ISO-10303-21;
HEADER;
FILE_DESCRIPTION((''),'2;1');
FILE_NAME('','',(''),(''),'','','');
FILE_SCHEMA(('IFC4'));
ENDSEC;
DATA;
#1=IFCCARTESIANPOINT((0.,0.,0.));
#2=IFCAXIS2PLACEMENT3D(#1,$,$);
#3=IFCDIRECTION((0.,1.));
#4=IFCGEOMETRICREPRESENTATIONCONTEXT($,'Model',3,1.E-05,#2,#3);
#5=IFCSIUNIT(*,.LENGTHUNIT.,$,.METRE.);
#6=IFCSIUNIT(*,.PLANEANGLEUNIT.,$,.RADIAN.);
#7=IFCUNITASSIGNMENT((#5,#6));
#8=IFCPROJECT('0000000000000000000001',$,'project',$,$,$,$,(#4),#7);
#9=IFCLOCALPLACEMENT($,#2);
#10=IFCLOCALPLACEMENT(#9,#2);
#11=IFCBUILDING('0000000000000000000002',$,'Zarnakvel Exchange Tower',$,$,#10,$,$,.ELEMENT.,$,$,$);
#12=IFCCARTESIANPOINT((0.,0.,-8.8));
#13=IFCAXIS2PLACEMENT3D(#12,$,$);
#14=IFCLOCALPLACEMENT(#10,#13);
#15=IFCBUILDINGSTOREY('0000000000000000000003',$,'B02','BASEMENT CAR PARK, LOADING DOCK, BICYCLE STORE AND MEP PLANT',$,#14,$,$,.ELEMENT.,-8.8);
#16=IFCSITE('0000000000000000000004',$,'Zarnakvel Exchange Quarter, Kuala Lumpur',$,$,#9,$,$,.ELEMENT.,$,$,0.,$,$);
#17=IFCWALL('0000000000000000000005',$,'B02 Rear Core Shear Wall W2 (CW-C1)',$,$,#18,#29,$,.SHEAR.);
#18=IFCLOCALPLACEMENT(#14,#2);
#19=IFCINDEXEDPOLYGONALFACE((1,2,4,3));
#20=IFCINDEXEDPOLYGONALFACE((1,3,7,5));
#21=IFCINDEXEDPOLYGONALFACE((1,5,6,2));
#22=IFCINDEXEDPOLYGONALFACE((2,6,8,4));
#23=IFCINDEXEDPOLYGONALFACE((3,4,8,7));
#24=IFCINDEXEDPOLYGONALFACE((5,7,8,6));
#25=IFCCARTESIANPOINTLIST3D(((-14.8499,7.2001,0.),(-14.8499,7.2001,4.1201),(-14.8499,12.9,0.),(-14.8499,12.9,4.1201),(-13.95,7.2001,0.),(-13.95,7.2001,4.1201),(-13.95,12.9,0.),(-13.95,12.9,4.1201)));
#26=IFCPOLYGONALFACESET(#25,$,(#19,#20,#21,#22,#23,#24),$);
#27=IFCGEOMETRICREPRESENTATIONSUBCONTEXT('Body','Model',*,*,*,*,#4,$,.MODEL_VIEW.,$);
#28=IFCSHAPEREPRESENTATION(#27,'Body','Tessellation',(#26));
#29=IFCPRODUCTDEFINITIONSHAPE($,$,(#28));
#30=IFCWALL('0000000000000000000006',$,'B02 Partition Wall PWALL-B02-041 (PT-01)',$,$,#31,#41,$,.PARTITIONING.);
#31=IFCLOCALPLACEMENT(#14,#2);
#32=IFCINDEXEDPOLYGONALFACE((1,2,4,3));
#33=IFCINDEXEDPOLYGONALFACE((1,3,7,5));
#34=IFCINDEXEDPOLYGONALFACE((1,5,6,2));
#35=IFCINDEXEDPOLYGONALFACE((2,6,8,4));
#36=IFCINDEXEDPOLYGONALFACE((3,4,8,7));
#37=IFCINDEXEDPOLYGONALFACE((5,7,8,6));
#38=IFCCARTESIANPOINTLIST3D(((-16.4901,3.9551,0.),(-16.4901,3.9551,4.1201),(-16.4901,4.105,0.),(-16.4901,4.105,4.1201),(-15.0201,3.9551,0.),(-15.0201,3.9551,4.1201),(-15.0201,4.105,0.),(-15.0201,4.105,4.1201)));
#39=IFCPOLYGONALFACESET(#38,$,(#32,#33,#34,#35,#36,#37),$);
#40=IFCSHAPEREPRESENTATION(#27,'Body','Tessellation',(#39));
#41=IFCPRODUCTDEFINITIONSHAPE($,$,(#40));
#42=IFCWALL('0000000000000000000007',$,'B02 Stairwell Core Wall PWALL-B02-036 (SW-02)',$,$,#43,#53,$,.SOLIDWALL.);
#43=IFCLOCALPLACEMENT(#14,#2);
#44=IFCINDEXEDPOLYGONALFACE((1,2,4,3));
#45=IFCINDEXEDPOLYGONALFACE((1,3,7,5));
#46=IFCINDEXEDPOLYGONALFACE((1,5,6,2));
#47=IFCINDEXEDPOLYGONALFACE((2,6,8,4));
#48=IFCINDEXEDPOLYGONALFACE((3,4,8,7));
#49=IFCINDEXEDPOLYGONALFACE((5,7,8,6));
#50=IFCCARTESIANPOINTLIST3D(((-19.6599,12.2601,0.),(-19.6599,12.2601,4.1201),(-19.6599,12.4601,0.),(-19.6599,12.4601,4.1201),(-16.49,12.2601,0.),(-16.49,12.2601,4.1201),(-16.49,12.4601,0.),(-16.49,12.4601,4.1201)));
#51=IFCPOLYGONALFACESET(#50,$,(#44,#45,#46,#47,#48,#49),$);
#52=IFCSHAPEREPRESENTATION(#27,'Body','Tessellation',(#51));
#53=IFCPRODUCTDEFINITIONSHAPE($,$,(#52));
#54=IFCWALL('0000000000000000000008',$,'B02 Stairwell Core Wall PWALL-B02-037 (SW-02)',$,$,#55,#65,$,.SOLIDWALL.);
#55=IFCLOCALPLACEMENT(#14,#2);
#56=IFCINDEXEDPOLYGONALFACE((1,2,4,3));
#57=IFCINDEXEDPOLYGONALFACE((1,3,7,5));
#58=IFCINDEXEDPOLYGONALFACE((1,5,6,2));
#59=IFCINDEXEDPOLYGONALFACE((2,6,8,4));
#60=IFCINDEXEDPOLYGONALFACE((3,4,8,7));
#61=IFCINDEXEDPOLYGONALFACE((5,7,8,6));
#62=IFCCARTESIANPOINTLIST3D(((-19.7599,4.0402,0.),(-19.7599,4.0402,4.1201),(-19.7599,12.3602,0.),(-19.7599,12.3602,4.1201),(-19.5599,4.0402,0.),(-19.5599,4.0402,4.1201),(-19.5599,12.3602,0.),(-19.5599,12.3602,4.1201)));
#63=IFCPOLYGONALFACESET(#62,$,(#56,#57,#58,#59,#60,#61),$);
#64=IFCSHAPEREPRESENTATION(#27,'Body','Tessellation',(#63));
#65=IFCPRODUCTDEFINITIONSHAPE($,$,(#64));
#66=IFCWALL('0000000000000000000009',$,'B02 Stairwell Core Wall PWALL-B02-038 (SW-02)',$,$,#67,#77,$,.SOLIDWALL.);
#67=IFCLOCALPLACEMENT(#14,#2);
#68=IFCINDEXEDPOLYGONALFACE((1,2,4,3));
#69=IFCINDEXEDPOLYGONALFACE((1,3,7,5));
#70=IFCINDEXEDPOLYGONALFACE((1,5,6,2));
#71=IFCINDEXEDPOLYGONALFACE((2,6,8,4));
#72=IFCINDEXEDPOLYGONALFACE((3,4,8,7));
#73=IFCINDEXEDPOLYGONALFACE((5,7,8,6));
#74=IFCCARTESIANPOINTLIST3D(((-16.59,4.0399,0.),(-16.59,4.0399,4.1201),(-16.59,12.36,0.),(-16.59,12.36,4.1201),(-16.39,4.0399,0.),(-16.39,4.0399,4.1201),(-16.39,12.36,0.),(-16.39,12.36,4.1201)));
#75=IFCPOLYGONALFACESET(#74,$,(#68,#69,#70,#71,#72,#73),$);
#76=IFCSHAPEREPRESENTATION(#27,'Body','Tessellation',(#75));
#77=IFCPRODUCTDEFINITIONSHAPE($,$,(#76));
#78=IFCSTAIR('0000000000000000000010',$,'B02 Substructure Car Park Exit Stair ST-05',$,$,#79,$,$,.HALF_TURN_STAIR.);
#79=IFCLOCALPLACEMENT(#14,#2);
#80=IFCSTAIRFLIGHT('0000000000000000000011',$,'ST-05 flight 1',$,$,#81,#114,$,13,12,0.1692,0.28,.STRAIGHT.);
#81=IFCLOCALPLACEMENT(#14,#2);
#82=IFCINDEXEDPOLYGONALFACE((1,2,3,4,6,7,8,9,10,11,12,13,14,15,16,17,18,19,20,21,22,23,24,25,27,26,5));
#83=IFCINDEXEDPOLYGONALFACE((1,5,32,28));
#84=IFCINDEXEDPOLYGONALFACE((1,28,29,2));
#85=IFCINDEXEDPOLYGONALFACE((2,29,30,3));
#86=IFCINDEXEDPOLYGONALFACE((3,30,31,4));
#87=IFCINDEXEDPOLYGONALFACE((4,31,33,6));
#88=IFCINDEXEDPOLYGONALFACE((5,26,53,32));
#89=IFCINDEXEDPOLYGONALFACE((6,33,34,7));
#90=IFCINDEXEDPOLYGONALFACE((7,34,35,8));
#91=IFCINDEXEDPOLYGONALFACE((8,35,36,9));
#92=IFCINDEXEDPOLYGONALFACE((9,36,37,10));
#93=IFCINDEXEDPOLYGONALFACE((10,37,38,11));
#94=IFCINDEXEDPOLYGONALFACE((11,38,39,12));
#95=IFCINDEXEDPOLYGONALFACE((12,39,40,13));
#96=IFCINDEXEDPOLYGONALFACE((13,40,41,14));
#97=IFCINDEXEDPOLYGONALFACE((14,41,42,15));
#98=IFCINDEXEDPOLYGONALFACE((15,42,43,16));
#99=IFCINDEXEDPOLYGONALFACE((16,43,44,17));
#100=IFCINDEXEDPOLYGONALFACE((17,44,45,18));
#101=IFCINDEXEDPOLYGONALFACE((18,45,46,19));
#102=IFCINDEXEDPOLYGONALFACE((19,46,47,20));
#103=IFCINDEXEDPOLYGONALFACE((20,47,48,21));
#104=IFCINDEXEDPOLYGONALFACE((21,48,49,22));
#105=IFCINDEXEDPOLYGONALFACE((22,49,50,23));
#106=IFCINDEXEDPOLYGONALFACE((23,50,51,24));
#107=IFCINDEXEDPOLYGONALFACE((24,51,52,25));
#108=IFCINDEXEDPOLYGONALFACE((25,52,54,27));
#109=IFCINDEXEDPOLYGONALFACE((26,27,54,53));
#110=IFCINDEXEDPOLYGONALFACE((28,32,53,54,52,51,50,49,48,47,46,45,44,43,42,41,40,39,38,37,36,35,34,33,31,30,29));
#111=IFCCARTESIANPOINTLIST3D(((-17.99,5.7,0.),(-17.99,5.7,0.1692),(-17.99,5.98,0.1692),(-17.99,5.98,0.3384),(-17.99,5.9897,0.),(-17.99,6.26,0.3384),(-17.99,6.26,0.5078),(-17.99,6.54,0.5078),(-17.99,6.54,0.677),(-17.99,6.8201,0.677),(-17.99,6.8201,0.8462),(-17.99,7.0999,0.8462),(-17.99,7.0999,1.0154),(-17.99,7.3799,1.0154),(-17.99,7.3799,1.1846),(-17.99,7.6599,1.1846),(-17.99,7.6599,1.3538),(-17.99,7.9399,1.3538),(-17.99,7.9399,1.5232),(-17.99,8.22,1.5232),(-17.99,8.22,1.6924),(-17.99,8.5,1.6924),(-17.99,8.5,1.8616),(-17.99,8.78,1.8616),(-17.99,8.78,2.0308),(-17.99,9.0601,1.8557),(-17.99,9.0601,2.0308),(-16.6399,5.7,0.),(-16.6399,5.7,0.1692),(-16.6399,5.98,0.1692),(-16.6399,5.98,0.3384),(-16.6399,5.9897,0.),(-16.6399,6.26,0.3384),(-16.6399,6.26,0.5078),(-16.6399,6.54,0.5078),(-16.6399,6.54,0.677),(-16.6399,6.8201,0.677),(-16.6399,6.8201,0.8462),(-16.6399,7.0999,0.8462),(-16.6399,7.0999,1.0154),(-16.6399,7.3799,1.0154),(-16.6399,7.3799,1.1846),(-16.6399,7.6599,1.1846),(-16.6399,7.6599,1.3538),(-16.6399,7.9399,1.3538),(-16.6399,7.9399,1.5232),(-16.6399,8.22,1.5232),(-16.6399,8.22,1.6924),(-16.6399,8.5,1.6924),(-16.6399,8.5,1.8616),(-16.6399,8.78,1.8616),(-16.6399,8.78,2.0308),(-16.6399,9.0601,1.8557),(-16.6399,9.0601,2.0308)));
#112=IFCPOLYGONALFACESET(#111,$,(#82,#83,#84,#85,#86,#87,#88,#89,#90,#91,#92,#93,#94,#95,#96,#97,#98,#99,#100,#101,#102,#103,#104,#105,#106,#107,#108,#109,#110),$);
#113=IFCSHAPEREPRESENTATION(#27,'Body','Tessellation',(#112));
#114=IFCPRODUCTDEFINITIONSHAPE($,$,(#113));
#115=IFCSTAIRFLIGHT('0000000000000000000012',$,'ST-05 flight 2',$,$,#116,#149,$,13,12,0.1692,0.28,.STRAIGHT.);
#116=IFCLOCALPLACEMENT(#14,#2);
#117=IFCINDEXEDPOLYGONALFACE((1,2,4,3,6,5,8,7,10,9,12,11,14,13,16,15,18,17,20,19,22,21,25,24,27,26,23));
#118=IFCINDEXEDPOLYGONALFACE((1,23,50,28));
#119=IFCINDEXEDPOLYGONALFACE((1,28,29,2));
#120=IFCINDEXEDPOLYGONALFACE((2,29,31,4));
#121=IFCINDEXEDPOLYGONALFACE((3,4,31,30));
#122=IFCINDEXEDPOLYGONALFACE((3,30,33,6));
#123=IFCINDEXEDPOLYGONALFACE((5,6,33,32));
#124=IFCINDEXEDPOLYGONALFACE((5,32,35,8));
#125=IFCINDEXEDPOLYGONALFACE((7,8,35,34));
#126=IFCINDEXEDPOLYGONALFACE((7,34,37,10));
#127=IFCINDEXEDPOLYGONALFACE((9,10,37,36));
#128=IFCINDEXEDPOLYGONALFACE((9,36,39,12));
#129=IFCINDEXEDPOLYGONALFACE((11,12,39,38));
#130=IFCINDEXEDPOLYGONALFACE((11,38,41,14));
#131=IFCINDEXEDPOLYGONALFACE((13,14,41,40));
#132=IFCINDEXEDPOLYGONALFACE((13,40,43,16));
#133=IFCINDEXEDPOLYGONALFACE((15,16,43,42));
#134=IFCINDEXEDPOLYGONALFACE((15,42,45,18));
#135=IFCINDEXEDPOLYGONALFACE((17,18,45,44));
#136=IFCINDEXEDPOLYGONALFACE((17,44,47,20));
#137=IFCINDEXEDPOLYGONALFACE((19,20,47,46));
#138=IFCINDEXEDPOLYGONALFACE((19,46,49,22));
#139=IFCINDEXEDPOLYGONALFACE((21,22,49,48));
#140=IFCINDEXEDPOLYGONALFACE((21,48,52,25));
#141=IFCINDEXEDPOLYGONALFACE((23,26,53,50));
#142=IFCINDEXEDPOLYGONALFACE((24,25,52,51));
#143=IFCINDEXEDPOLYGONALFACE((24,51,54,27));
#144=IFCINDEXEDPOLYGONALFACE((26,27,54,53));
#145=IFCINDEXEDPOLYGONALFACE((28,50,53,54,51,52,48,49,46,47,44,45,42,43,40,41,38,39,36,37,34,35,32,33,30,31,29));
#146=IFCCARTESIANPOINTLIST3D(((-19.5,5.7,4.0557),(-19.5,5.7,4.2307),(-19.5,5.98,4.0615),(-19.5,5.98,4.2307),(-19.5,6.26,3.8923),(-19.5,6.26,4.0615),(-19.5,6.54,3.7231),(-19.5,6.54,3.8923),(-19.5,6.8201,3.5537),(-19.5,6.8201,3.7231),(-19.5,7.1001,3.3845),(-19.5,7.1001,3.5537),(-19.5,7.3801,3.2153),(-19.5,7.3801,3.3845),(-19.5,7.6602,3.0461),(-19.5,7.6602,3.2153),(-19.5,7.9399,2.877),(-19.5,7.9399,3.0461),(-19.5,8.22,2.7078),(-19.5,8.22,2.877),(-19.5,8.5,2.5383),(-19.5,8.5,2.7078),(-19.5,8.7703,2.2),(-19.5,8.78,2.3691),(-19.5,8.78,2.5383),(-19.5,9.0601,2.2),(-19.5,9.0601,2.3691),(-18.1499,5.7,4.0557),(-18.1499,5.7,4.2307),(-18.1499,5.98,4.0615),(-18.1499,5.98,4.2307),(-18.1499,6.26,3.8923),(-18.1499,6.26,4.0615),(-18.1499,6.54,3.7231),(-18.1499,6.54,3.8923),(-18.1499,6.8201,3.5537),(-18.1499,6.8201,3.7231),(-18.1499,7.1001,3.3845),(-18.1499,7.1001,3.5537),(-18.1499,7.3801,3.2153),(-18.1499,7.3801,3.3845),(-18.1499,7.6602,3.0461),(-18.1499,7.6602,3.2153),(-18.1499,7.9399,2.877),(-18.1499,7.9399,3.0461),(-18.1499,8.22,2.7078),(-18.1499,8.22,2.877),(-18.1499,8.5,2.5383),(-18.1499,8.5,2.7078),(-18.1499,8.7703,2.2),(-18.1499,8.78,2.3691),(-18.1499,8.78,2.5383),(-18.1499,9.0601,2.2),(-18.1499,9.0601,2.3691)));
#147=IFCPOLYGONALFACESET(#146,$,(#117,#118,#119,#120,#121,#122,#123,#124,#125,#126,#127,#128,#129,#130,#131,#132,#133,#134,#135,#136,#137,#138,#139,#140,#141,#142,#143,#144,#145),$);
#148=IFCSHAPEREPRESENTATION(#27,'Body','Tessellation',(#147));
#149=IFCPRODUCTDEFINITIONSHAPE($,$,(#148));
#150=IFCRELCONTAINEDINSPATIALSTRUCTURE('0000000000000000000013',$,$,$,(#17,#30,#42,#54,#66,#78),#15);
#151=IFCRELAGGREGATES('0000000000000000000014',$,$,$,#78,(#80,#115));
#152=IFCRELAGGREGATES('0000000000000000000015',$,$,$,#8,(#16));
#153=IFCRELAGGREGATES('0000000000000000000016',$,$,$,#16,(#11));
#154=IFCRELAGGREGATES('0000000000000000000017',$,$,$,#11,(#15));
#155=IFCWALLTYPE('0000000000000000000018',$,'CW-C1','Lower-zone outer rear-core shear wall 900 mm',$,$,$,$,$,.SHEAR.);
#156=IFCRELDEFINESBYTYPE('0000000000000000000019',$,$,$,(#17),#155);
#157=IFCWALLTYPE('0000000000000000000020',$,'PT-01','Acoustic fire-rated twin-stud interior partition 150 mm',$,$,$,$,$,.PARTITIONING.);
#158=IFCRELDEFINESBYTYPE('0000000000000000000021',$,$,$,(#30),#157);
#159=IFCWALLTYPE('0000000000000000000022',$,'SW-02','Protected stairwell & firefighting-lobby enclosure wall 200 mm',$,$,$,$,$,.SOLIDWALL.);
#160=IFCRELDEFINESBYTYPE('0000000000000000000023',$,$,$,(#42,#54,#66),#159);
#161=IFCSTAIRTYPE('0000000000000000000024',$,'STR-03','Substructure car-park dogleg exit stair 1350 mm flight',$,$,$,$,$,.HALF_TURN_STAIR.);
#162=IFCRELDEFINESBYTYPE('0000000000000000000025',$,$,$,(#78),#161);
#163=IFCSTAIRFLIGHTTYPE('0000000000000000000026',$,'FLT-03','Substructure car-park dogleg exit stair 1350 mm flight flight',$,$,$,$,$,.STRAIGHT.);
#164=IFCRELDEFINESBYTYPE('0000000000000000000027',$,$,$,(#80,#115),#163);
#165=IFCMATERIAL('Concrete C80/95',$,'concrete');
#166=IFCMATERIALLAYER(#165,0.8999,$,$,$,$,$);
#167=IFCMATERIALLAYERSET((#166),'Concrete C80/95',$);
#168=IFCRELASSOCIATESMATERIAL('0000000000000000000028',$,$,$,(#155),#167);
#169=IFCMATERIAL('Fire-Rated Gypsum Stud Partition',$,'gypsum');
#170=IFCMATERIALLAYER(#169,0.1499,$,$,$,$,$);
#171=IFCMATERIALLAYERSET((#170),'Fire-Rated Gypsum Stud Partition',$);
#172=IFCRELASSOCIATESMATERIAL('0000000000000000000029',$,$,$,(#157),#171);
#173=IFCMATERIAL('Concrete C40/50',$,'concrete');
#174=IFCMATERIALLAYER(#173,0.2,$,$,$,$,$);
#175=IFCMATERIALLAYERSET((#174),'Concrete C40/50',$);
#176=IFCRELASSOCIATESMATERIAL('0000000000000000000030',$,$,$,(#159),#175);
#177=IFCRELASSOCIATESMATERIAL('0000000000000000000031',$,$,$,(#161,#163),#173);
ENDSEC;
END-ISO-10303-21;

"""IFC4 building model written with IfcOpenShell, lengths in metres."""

from ifc_helpers import new_model, si_unit, direction, frame, frame_2d, origin, place, context, subcontext, project, spatial, polyline, rectangle, outline, extrude, material, layer, layer_set, type_object, element, aggregate, save


model = new_model("IFC4")

# Units and contexts
model_context = context("Model", 3, precision=1e-05, world=origin(), true_north=direction((0.0, 1.0)))
body_context = subcontext(model_context, "Body", "Model", "MODEL_VIEW")
ifc_project = project(units=[si_unit("LENGTHUNIT", "METRE"), si_unit("PLANEANGLEUNIT", "RADIAN")], contexts=[model_context])

# Site, building, storey
site_placement = place(None, origin())
site = spatial("IfcSite", under=ifc_project, at=site_placement, Name="Zarnakvel Exchange Quarter, Kuala Lumpur", CompositionType="ELEMENT", RefElevation=0.0)
building_placement = place(site_placement, origin())
building = spatial("IfcBuilding", under=site, at=building_placement, Name="Zarnakvel Exchange Tower", CompositionType="ELEMENT")
storey_placement = place(building_placement, frame((0.0, 0.0, -8.8)))
storey = spatial("IfcBuildingStorey", under=building, at=storey_placement, Name="B02", Description="BASEMENT CAR PARK, LOADING DOCK, BICYCLE STORE AND MEP PLANT", CompositionType="ELEMENT", Elevation=-8.8)

# Shared definitions
ifc_material_1 = material(Name="Concrete C80/95", Category="concrete")

# Walls
ifc_layer_1 = layer(ifc_material_1, 0.8999)
ifc_layer_set_1 = layer_set([ifc_layer_1], Name="Concrete C80/95")
wall_type_1 = type_object("IfcWallType", Name="CW-C1", Description="Lower-zone outer rear-core shear wall 900 mm", PredefinedType="SHEAR", material=ifc_layer_set_1)
wall_1_placement = place(storey_placement, frame((-14.3999, 7.2, 0.0), z_axis=(0.0, 0.0, 1.0), x_axis=(0.0, 1.0, 0.0)))
element("IfcWall", 1, at=wall_1_placement, inside=storey, type_object=wall_type_1, Name="B02 Rear Core Shear Wall W2 (CW-C1)", PredefinedType="SHEAR", context=body_context, shape_type="SweptSolid", body=[
    extrude(rectangle(XDim=5.7, YDim=0.8999, at=frame_2d((2.8501, 0.0))), origin(), (0.0, 0.0, 1.0), 4.1201),
])
ifc_material_2 = material(Name="Fire-Rated Gypsum Stud Partition", Category="gypsum")
ifc_layer_2 = layer(ifc_material_2, 0.1499)
ifc_layer_set_2 = layer_set([ifc_layer_2], Name="Fire-Rated Gypsum Stud Partition")
wall_type_2 = type_object("IfcWallType", Name="PT-01", Description="Acoustic fire-rated twin-stud interior partition 150 mm", PredefinedType="PARTITIONING", material=ifc_layer_set_2)
wall_2_placement = place(storey_placement, frame((-16.49, 4.03, 0.0), z_axis=(0.0, 0.0, 1.0), x_axis=(1.0, 0.0, 0.0)))
element("IfcWall", 2, at=wall_2_placement, inside=storey, type_object=wall_type_2, Name="B02 Partition Wall PWALL-B02-041 (PT-01)", PredefinedType="PARTITIONING", context=body_context, shape_type="SweptSolid", body=[
    extrude(rectangle(XDim=1.47, YDim=0.1499, at=frame_2d((0.7349, 0.0))), origin(), (0.0, 0.0, 1.0), 4.1201),
])

# Shared definitions
ifc_material_3 = material(Name="Concrete C40/50", Category="concrete")
ifc_layer_3 = layer(ifc_material_3, 0.2)
ifc_layer_set_3 = layer_set([ifc_layer_3], Name="Concrete C40/50")
wall_type_3 = type_object("IfcWallType", Name="SW-02", Description="Protected stairwell & firefighting-lobby enclosure wall 200 mm", PredefinedType="SOLIDWALL", material=ifc_layer_set_3)

# Walls
wall_3_placement = place(storey_placement, frame((-19.6599, 12.3601, 0.0), z_axis=(0.0, 0.0, 1.0), x_axis=(1.0, 0.0, 0.0)))
element("IfcWall", 3, at=wall_3_placement, inside=storey, type_object=wall_type_3, Name="B02 Stairwell Core Wall PWALL-B02-036 (SW-02)", PredefinedType="SOLIDWALL", context=body_context, shape_type="SweptSolid", body=[
    extrude(rectangle(XDim=3.1699, YDim=0.2, at=frame_2d((1.585, 0.0))), origin(), (0.0, 0.0, 1.0), 4.1201),
])
for number, where, z_axis, x_axis, name in (
    (4, (-19.6599, 4.04, 0.0), (0.0, 0.0, 1.0), (0.0, 1.0, 0.0), "B02 Stairwell Core Wall PWALL-B02-037 (SW-02)"),
    (5, (-16.49, 12.3601, 0.0), (0.0, 0.0, 1.0), (0.0, -1.0, 0.0), "B02 Stairwell Core Wall PWALL-B02-038 (SW-02)"),
):
    element("IfcWall", number, at=place(storey_placement, frame(where, z_axis=z_axis, x_axis=x_axis)), inside=storey, type_object=wall_type_3, Name=name, PredefinedType="SOLIDWALL", context=body_context, shape_type="SweptSolid", body=[
        extrude(rectangle(XDim=8.3201, YDim=0.2, at=frame_2d((4.1602, 0.0))), origin(), (0.0, 0.0, 1.0), 4.1201),
    ])

# Stair, stair flights
stair_type = type_object("IfcStairType", Name="STR-03", Description="Substructure car-park dogleg exit stair 1350 mm flight", PredefinedType="HALF_TURN_STAIR", material=ifc_material_3)
stair_placement = place(storey_placement, origin())
stair = element("IfcStair", 6, at=stair_placement, inside=storey, type_object=stair_type, Name="B02 Substructure Car Park Exit Stair ST-05", PredefinedType="HALF_TURN_STAIR")
stair_flight_type = type_object("IfcStairFlightType", Name="FLT-03", Description="Substructure car-park dogleg exit stair 1350 mm flight flight", PredefinedType="STRAIGHT", material=ifc_material_3)
stair_flight_1_placement = place(storey_placement, frame((-17.3149, 5.7, 0.0), z_axis=(0.0, 0.0, 1.0), x_axis=(0.0, 1.0, 0.0)))
stair_flight_1 = element("IfcStairFlight", 7, at=stair_flight_1_placement, type_object=stair_flight_type, Name="ST-05 flight 1", NumberOfRisers=13, NumberOfTreads=12, PredefinedType="STRAIGHT", RiserHeight=0.1692, TreadLength=0.28, context=body_context, shape_type="SweptSolid", body=[
    extrude(outline(polyline([(0.0, 0.0), (0.0, 0.1692), (0.28, 0.1692), (0.28, 0.3384), (0.5601, 0.3384), (0.5601, 0.5078), (0.8401, 0.5078), (0.8401, 0.677), (1.1201, 0.677), (1.1201, 0.8462), (1.3999, 0.8462), (1.3999, 1.0154), (1.6799, 1.0154), (1.6799, 1.1846), (1.96, 1.1846), (1.96, 1.3538), (2.24, 1.3538), (2.24, 1.5232), (2.52, 1.5232), (2.52, 1.6924), (2.8, 1.6924), (2.8, 1.8616), (3.0801, 1.8616), (3.0801, 2.0308), (3.3601, 2.0308), (3.3601, 2.2), (3.3601, 1.8557), (0.2898, 0.0), (0.0, 0.0)])), frame((0.0, 0.675, 0.0), z_axis=(0.0, -1.0, 0.0), x_axis=(1.0, 0.0, 0.0)), (0.0, 0.0, 1.0), 1.3501),
])
stair_flight_2_placement = place(storey_placement, frame((-18.825, 9.0601, 2.2), z_axis=(0.0, 0.0, 1.0), x_axis=(0.0, -1.0, 0.0)))
stair_flight_2 = element("IfcStairFlight", 8, at=stair_flight_2_placement, type_object=stair_flight_type, Name="ST-05 flight 2", NumberOfRisers=13, NumberOfTreads=12, PredefinedType="STRAIGHT", RiserHeight=0.1692, TreadLength=0.28, context=body_context, shape_type="SweptSolid", body=[
    extrude(outline(polyline([(0.0, 0.0), (0.0, 0.1692), (0.28, 0.1692), (0.28, 0.3384), (0.5601, 0.3384), (0.5601, 0.5078), (0.8401, 0.5078), (0.8401, 0.677), (1.1201, 0.677), (1.1201, 0.8462), (1.3999, 0.8462), (1.3999, 1.0154), (1.6799, 1.0154), (1.6799, 1.1846), (1.96, 1.1846), (1.96, 1.3538), (2.24, 1.3538), (2.24, 1.5232), (2.52, 1.5232), (2.52, 1.6924), (2.8, 1.6924), (2.8, 1.8616), (3.0801, 1.8616), (3.0801, 2.0308), (3.3601, 2.0308), (3.3601, 2.2), (3.3601, 1.8557), (0.2898, 0.0), (0.0, 0.0)])), frame((0.0, 0.675, 0.0), z_axis=(0.0, -1.0, 0.0), x_axis=(1.0, 0.0, 0.0)), (0.0, 0.0, 1.0), 1.3501),
])
aggregate(stair, [stair_flight_1, stair_flight_2])

save(model, "model.ifc")
